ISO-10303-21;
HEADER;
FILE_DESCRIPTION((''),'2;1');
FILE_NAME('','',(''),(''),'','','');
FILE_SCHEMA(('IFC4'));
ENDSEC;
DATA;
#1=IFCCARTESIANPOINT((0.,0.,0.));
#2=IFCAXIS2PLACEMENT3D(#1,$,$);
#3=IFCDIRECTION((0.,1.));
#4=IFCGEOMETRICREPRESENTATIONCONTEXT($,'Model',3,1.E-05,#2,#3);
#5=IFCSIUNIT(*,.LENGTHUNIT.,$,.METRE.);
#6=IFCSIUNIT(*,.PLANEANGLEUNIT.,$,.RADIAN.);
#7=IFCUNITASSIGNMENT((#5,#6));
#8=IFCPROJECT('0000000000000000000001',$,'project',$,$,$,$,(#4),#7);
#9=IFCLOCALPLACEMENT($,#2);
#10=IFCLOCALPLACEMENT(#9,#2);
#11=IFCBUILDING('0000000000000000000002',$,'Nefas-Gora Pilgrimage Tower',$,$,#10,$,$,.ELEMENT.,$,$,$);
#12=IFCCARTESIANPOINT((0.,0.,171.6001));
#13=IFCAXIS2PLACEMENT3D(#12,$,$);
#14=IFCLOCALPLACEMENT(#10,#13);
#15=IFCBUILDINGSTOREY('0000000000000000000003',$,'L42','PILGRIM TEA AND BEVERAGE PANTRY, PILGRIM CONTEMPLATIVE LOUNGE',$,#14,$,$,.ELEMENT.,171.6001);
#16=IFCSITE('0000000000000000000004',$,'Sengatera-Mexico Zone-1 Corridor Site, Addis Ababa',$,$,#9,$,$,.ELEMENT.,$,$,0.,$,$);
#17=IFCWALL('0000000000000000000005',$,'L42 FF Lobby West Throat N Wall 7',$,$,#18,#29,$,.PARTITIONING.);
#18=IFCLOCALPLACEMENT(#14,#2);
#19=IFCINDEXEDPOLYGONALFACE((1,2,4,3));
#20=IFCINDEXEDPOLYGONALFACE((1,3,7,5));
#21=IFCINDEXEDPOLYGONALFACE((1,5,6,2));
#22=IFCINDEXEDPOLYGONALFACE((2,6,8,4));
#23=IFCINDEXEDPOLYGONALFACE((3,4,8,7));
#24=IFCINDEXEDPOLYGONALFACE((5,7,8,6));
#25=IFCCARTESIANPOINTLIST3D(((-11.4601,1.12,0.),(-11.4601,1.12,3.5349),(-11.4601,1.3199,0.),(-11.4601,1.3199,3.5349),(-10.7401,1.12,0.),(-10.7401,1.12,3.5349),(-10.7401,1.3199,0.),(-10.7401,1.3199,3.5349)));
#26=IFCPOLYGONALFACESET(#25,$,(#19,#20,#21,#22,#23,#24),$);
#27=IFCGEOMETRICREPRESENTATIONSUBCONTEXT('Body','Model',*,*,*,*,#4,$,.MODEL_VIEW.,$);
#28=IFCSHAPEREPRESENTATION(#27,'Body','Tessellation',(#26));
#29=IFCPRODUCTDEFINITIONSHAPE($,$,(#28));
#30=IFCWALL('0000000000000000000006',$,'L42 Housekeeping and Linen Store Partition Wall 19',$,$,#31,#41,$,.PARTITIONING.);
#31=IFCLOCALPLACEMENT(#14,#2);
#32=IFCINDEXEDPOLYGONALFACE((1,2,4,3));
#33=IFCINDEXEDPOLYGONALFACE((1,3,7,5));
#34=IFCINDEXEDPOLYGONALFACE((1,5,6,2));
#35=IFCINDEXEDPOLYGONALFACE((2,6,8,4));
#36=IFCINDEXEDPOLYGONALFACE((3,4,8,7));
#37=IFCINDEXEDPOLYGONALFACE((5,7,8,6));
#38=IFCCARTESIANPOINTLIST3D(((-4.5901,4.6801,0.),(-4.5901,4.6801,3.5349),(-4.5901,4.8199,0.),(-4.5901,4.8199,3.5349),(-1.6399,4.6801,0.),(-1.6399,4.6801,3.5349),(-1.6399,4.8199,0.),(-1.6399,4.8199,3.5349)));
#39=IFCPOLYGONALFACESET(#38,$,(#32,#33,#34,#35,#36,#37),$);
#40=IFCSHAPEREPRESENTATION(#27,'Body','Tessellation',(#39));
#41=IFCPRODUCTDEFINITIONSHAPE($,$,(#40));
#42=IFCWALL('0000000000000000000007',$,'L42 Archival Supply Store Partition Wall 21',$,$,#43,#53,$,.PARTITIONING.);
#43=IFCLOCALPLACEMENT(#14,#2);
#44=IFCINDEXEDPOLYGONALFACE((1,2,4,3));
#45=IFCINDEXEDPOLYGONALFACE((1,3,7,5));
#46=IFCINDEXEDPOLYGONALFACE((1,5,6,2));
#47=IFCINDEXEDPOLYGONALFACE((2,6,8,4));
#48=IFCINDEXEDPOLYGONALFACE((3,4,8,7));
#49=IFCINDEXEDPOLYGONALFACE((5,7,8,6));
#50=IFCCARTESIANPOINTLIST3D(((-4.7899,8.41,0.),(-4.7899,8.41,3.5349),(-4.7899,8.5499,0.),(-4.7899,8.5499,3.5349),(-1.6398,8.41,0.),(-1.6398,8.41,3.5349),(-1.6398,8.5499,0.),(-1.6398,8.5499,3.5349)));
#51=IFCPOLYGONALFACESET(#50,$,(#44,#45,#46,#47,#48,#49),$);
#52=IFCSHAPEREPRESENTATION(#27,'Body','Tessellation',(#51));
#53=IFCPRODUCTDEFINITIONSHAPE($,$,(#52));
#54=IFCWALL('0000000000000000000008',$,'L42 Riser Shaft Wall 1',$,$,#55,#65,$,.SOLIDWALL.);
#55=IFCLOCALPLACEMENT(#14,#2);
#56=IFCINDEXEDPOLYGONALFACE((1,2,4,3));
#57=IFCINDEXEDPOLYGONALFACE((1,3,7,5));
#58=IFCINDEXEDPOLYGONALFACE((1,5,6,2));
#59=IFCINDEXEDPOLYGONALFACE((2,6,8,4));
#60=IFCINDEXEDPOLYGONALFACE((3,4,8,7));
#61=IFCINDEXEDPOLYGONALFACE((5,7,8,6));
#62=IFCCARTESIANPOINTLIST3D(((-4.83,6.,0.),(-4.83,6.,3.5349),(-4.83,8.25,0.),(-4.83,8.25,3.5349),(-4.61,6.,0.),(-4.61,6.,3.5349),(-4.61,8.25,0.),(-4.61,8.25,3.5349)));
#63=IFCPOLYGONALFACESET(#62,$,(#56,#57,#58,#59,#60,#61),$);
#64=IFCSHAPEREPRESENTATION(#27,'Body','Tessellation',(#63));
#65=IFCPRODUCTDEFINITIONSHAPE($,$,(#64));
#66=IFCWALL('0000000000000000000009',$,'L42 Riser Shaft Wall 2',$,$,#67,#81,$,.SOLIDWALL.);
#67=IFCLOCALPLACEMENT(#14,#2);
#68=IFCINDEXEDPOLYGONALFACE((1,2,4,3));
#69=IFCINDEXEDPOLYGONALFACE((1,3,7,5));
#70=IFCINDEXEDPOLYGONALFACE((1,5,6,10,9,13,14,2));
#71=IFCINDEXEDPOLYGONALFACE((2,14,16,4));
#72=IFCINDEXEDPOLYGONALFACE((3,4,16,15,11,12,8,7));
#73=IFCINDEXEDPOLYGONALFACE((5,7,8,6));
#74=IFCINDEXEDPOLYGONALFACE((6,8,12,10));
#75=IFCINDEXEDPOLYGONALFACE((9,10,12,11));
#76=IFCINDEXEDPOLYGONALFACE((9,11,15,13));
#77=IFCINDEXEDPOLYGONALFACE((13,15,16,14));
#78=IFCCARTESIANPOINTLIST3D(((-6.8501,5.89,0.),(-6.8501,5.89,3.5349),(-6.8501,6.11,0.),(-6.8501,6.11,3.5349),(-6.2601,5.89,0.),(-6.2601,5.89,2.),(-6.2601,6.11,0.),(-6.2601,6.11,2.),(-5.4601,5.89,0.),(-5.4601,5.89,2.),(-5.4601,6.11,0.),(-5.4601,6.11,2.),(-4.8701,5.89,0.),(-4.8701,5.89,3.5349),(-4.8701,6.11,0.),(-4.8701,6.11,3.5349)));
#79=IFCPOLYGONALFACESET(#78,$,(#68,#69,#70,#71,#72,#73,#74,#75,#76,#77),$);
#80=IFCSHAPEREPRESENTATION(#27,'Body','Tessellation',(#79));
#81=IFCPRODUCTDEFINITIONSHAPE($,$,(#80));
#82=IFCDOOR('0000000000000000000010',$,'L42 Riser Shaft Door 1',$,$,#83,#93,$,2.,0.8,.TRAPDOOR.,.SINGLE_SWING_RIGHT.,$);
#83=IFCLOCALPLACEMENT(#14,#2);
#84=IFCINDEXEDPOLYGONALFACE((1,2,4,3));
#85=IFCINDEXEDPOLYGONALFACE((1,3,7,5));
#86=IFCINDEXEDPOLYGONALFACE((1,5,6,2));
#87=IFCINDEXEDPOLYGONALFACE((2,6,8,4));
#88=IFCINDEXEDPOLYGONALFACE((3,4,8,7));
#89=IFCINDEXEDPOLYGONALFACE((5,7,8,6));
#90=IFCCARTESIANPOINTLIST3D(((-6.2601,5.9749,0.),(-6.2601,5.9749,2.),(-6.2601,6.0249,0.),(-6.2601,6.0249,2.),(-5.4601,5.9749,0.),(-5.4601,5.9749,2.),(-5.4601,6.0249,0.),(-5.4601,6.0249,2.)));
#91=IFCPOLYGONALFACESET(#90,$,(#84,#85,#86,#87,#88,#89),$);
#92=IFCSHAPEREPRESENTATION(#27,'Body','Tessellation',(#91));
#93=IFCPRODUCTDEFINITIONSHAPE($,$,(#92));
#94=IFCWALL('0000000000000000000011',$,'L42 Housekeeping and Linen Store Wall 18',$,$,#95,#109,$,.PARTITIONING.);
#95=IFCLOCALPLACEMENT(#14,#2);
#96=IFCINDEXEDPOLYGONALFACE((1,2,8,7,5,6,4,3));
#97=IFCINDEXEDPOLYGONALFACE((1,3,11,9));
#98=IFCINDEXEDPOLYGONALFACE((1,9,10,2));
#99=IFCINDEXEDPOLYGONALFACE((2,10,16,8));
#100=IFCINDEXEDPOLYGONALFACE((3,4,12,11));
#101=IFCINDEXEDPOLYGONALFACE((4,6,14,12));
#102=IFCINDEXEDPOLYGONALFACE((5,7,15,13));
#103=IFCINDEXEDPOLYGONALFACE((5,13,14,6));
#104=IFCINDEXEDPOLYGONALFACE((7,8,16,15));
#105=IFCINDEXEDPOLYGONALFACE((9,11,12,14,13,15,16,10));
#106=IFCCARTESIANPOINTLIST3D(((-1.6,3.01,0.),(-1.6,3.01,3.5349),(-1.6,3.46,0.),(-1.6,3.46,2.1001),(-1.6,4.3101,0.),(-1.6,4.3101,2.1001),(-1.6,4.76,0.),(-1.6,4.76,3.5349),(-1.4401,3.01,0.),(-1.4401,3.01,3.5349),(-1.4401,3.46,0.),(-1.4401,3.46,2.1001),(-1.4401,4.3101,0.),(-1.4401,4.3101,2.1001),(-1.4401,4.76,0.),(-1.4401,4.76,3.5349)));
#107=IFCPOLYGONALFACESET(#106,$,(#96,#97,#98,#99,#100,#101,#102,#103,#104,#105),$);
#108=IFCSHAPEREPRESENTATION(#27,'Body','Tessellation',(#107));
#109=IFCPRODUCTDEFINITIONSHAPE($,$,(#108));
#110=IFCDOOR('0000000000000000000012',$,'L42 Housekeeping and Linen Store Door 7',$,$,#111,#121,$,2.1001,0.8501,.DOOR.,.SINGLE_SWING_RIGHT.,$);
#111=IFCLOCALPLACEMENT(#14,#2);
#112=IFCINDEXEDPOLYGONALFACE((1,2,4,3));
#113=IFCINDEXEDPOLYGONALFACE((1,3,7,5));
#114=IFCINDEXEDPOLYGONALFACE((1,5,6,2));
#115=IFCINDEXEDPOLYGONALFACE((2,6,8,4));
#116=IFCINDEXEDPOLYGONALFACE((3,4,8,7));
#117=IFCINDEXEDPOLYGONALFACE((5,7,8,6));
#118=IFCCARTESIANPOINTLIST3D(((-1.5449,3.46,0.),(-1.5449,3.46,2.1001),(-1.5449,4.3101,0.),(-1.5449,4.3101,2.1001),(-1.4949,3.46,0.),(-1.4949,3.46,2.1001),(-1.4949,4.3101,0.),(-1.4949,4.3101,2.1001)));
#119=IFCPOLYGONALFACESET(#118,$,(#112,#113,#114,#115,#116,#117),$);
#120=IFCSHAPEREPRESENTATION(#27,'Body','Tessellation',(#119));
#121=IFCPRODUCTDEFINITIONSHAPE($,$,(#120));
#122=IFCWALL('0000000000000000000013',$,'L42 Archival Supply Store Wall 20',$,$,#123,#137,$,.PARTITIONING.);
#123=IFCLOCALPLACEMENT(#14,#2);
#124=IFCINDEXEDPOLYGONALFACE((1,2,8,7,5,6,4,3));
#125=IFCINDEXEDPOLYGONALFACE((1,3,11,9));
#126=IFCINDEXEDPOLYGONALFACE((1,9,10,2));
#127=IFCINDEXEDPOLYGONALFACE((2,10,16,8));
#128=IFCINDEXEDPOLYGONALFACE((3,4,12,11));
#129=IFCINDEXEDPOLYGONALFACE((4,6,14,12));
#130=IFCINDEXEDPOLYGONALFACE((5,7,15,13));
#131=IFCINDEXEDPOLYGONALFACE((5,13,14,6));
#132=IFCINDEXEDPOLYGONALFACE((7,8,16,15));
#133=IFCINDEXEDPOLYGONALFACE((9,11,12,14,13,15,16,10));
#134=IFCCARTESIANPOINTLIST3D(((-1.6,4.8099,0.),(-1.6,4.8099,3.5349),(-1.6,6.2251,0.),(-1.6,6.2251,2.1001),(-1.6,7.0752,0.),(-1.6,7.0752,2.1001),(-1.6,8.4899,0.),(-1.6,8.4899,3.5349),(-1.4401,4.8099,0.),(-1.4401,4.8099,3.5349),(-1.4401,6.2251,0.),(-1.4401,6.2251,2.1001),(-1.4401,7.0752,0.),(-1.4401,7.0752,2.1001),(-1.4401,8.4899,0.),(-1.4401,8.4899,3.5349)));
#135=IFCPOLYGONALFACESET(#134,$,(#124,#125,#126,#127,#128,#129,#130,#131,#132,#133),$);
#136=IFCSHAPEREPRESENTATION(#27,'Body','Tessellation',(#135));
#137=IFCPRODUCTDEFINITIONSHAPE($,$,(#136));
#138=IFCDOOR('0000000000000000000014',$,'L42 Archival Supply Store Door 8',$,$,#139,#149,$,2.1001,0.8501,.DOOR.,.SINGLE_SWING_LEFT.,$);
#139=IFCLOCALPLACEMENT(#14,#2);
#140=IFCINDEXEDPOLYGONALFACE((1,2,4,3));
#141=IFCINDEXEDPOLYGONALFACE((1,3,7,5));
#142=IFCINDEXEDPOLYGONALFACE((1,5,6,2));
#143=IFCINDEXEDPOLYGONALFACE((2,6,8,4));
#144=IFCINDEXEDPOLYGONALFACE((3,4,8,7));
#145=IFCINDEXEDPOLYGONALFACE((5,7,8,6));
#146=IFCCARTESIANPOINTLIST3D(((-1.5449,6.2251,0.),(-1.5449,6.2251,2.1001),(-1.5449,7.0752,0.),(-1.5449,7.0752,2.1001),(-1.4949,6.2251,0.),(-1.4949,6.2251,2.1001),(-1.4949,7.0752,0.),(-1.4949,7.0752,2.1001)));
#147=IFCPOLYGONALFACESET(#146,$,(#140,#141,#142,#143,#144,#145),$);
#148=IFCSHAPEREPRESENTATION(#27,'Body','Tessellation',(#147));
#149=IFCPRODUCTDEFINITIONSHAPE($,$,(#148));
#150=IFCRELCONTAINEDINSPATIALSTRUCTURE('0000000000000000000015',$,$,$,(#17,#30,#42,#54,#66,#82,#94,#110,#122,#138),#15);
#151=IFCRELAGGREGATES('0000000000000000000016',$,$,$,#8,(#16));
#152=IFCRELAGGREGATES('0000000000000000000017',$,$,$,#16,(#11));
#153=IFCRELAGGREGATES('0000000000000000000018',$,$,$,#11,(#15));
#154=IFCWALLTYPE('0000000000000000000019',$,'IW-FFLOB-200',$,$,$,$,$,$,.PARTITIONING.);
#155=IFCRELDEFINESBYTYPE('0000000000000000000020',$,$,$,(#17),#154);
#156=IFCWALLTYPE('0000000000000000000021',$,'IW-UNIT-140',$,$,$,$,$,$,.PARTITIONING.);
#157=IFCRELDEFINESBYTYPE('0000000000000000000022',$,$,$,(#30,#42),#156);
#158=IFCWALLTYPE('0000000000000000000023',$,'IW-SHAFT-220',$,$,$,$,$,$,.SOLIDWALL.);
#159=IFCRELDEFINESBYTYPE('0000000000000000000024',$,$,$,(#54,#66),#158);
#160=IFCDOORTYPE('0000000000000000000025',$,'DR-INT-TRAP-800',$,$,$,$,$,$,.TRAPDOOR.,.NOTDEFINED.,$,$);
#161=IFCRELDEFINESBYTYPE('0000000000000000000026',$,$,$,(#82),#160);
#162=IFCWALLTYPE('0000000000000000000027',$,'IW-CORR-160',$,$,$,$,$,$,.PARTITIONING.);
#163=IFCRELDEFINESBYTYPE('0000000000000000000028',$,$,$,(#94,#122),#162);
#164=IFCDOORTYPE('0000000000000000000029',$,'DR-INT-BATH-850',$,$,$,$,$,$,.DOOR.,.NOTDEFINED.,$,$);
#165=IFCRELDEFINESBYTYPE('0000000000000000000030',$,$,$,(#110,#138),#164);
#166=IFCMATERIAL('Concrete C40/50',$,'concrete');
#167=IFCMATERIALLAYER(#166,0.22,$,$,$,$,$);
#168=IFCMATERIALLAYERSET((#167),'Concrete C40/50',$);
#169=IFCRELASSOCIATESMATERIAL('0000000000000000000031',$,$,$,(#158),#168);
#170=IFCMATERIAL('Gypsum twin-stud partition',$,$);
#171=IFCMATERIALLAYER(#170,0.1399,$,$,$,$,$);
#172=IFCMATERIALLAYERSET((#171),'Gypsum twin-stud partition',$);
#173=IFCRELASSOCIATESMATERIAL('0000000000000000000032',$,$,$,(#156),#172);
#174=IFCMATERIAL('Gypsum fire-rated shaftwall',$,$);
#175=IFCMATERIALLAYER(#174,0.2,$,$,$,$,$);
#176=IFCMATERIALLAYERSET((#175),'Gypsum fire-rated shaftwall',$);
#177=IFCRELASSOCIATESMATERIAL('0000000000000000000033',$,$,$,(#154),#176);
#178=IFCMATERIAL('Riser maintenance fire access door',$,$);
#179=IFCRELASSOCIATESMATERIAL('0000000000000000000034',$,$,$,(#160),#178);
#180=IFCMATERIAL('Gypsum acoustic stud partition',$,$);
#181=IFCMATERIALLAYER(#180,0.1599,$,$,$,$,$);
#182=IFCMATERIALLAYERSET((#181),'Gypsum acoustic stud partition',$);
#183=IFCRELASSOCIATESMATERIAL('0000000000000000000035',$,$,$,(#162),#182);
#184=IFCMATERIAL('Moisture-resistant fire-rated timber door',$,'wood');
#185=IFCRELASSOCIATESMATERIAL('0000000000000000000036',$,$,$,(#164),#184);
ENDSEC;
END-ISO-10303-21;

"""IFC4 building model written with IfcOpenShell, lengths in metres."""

from ifc_helpers import new_model, si_unit, direction, frame, frame_2d, origin, place, context, subcontext, project, spatial, rectangle, extrude, source, transform, mapped, material, layer, layer_set, type_object, element, fill, save


model = new_model("IFC4")

# Units and contexts
model_context = context("Model", 3, precision=1e-05, world=origin(), true_north=direction((0.0, 1.0)))
body_context = subcontext(model_context, "Body", "Model", "MODEL_VIEW")
ifc_project = project(units=[si_unit("LENGTHUNIT", "METRE"), si_unit("PLANEANGLEUNIT", "RADIAN")], contexts=[model_context])

# Site, building, storey
site_placement = place(None, origin())
site = spatial("IfcSite", under=ifc_project, at=site_placement, Name="Sengatera-Mexico Zone-1 Corridor Site, Addis Ababa", CompositionType="ELEMENT", RefElevation=0.0)
building_placement = place(site_placement, origin())
building = spatial("IfcBuilding", under=site, at=building_placement, Name="Nefas-Gora Pilgrimage Tower", CompositionType="ELEMENT")
storey_placement = place(building_placement, frame((0.0, 0.0, 171.6001)))
storey = spatial("IfcBuildingStorey", under=building, at=storey_placement, Name="L42", Description="PILGRIM TEA AND BEVERAGE PANTRY, PILGRIM CONTEMPLATIVE LOUNGE", CompositionType="ELEMENT", Elevation=171.6001)

# Shared definitions
ifc_material_1 = material(Name="Concrete C40/50", Category="concrete")
ifc_layer_1 = layer(ifc_material_1, 0.22)
ifc_layer_set_1 = layer_set([ifc_layer_1], Name="Concrete C40/50")
wall_type_1 = type_object("IfcWallType", Name="IW-SHAFT-220", PredefinedType="SOLIDWALL", material=ifc_layer_set_1)

# Walls
ifc_material_2 = material(Name="Gypsum twin-stud partition")
ifc_layer_2 = layer(ifc_material_2, 0.1399)
ifc_layer_set_2 = layer_set([ifc_layer_2], Name="Gypsum twin-stud partition")
wall_type_2 = type_object("IfcWallType", Name="IW-UNIT-140", PredefinedType="PARTITIONING", material=ifc_layer_set_2)
ifc_material_3 = material(Name="Gypsum fire-rated shaftwall")
ifc_layer_3 = layer(ifc_material_3, 0.2)
ifc_layer_set_3 = layer_set([ifc_layer_3], Name="Gypsum fire-rated shaftwall")
wall_type_3 = type_object("IfcWallType", Name="IW-FFLOB-200", PredefinedType="PARTITIONING", material=ifc_layer_set_3)
shared_shape_1 = source(origin(), body_context, "Body", "SweptSolid", [
    extrude(rectangle(XDim=0.72, YDim=0.2, at=frame_2d((0.3599, 0.0))), origin(), (0.0, 0.0, 1.0), 3.5349),
])
wall_1_placement = place(storey_placement, frame((-11.46, 1.22, 0.0), z_axis=(0.0, 0.0, 1.0), x_axis=(1.0, 0.0, 0.0)))
element("IfcWall", 1, at=wall_1_placement, inside=storey, type_object=wall_type_3, Name="L42 FF Lobby West Throat N Wall 7", PredefinedType="PARTITIONING", context=body_context, shape_type="MappedRepresentation", body=[
    mapped(shared_shape_1, transform((0.0, 0.0, 0.0), x_axis=(1.0, 0.0, 0.0), y_axis=(0.0, 1.0, 0.0), z_axis=(0.0, 0.0, 1.0), scale=1.0)),
])
shared_shape_2 = source(origin(), body_context, "Body", "SweptSolid", [
    extrude(rectangle(XDim=2.9502, YDim=0.1399, at=frame_2d((1.4751, 0.0))), origin(), (0.0, 0.0, 1.0), 3.5349),
])
wall_2_placement = place(storey_placement, frame((-4.5901, 4.75, 0.0), z_axis=(0.0, 0.0, 1.0), x_axis=(1.0, 0.0, 0.0)))
element("IfcWall", 2, at=wall_2_placement, inside=storey, type_object=wall_type_2, Name="L42 Housekeeping and Linen Store Partition Wall 19", PredefinedType="PARTITIONING", context=body_context, shape_type="MappedRepresentation", body=[
    mapped(shared_shape_2, transform((0.0, 0.0, 0.0), x_axis=(1.0, 0.0, 0.0), y_axis=(0.0, 1.0, 0.0), z_axis=(0.0, 0.0, 1.0), scale=1.0)),
])
shared_shape_3 = source(origin(), body_context, "Body", "SweptSolid", [
    extrude(rectangle(XDim=3.1501, YDim=0.1399, at=frame_2d((1.5752, 0.0))), origin(), (0.0, 0.0, 1.0), 3.5349),
])
wall_3_placement = place(storey_placement, frame((-4.79, 8.48, 0.0), z_axis=(0.0, 0.0, 1.0), x_axis=(1.0, 0.0, 0.0)))
element("IfcWall", 3, at=wall_3_placement, inside=storey, type_object=wall_type_2, Name="L42 Archival Supply Store Partition Wall 21", PredefinedType="PARTITIONING", context=body_context, shape_type="MappedRepresentation", body=[
    mapped(shared_shape_3, transform((0.0, 0.0, 0.0), x_axis=(1.0, 0.0, 0.0), y_axis=(0.0, 1.0, 0.0), z_axis=(0.0, 0.0, 1.0), scale=1.0)),
])
shared_shape_4 = source(origin(), body_context, "Body", "SweptSolid", [
    extrude(rectangle(XDim=2.25, YDim=0.22, at=frame_2d((1.125, 0.0))), origin(), (0.0, 0.0, 1.0), 3.5349),
])
wall_4_placement = place(storey_placement, frame((-4.72, 6.0, 0.0), z_axis=(0.0, 0.0, 1.0), x_axis=(0.0, 1.0, 0.0)))
element("IfcWall", 4, at=wall_4_placement, inside=storey, type_object=wall_type_1, Name="L42 Riser Shaft Wall 1", PredefinedType="SOLIDWALL", context=body_context, shape_type="MappedRepresentation", body=[
    mapped(shared_shape_4, transform((0.0, 0.0, 0.0), x_axis=(1.0, 0.0, 0.0), y_axis=(0.0, 1.0, 0.0), z_axis=(0.0, 0.0, 1.0), scale=1.0)),
])

# Walls, openings, doors
shared_shape_5 = source(origin(), body_context, "Body", "SweptSolid", [
    extrude(rectangle(XDim=1.98, YDim=0.22, at=frame_2d((0.99, 0.0))), origin(), (0.0, 0.0, 1.0), 3.5349),
])
wall_5_placement = place(storey_placement, frame((-6.8501, 6.0, 0.0), z_axis=(0.0, 0.0, 1.0), x_axis=(1.0, 0.0, 0.0)))
wall_5 = element("IfcWall", 5, at=wall_5_placement, inside=storey, type_object=wall_type_1, Name="L42 Riser Shaft Wall 2", PredefinedType="SOLIDWALL", context=body_context, shape_type="MappedRepresentation", body=[
    mapped(shared_shape_5, transform((0.0, 0.0, 0.0), x_axis=(1.0, 0.0, 0.0), y_axis=(0.0, 1.0, 0.0), z_axis=(0.0, 0.0, 1.0), scale=1.0)),
])
opening_1_placement = place(wall_5_placement, frame((0.5901, 0.0, 0.0)))
opening_1 = element("IfcOpeningElement", 6, at=opening_1_placement, cuts=wall_5, PredefinedType="OPENING", context=body_context, shape_type="SweptSolid", body=[
    extrude(rectangle(XDim=0.8, YDim=2.0, at=frame_2d((0.3999, 1.0))), frame((0.0, 0.1199, 0.0), z_axis=(0.0, -1.0, 0.0), x_axis=(1.0, 0.0, 0.0)), (0.0, 0.0, 1.0), 0.24),
])
ifc_material_4 = material(Name="Riser maintenance fire access door")
door_type_1 = type_object("IfcDoorType", Name="DR-INT-TRAP-800", OperationType="NOTDEFINED", PredefinedType="TRAPDOOR", material=ifc_material_4)
shared_shape_6 = source(origin(), body_context, "Body", "SweptSolid", [
    extrude(rectangle(XDim=0.8, YDim=2.0, at=frame_2d((0.3999, 1.0))), frame((0.0, 0.0249, 0.0), z_axis=(0.0, -1.0, 0.0), x_axis=(1.0, 0.0, 0.0)), (0.0, 0.0, 1.0), 0.05),
])
door_1_placement = place(opening_1_placement, origin())
door_1 = element("IfcDoor", 7, at=door_1_placement, inside=storey, type_object=door_type_1, Name="L42 Riser Shaft Door 1", OperationType="SINGLE_SWING_RIGHT", OverallHeight=2.0, OverallWidth=0.8, PredefinedType="TRAPDOOR", context=body_context, shape_type="MappedRepresentation", body=[
    mapped(shared_shape_6, transform((0.0, 0.0, 0.0), x_axis=(1.0, 0.0, 0.0), y_axis=(0.0, 1.0, 0.0), z_axis=(0.0, 0.0, 1.0), scale=1.0)),
])
fill(opening_1, door_1)
ifc_material_5 = material(Name="Gypsum acoustic stud partition")
ifc_layer_4 = layer(ifc_material_5, 0.1599)
ifc_layer_set_4 = layer_set([ifc_layer_4], Name="Gypsum acoustic stud partition")
wall_type_4 = type_object("IfcWallType", Name="IW-CORR-160", PredefinedType="PARTITIONING", material=ifc_layer_set_4)
shared_shape_7 = source(origin(), body_context, "Body", "SweptSolid", [
    extrude(rectangle(XDim=1.75, YDim=0.1599, at=frame_2d((0.875, 0.0))), origin(), (0.0, 0.0, 1.0), 3.5349),
])
wall_6_placement = place(storey_placement, frame((-1.52, 3.01, 0.0), z_axis=(0.0, 0.0, 1.0), x_axis=(0.0, 1.0, 0.0)))
wall_6 = element("IfcWall", 8, at=wall_6_placement, inside=storey, type_object=wall_type_4, Name="L42 Housekeeping and Linen Store Wall 18", PredefinedType="PARTITIONING", context=body_context, shape_type="MappedRepresentation", body=[
    mapped(shared_shape_7, transform((0.0, 0.0, 0.0), x_axis=(1.0, 0.0, 0.0), y_axis=(0.0, 1.0, 0.0), z_axis=(0.0, 0.0, 1.0), scale=1.0)),
])
opening_2_placement = place(wall_6_placement, frame((0.45, 0.0, 0.0)))
opening_2 = element("IfcOpeningElement", 9, at=opening_2_placement, cuts=wall_6, PredefinedType="OPENING", context=body_context, shape_type="SweptSolid", body=[
    extrude(rectangle(XDim=0.8501, YDim=2.1001, at=frame_2d((0.425, 1.05))), frame((0.0, 0.0898, 0.0), z_axis=(0.0, -1.0, 0.0), x_axis=(1.0, 0.0, 0.0)), (0.0, 0.0, 1.0), 0.1799),
])
ifc_material_6 = material(Name="Moisture-resistant fire-rated timber door", Category="wood")
door_type_2 = type_object("IfcDoorType", Name="DR-INT-BATH-850", OperationType="NOTDEFINED", PredefinedType="DOOR", material=ifc_material_6)
shared_shape_8 = source(origin(), body_context, "Body", "SweptSolid", [
    extrude(rectangle(XDim=0.8501, YDim=2.1001, at=frame_2d((0.425, 1.05))), frame((0.0, 0.0249, 0.0), z_axis=(0.0, -1.0, 0.0), x_axis=(1.0, 0.0, 0.0)), (0.0, 0.0, 1.0), 0.05),
])
door_2_placement = place(opening_2_placement, origin())
door_2 = element("IfcDoor", 10, at=door_2_placement, inside=storey, type_object=door_type_2, Name="L42 Housekeeping and Linen Store Door 7", OperationType="SINGLE_SWING_RIGHT", OverallHeight=2.1001, OverallWidth=0.8501, PredefinedType="DOOR", context=body_context, shape_type="MappedRepresentation", body=[
    mapped(shared_shape_8, transform((0.0, 0.0, 0.0), x_axis=(1.0, 0.0, 0.0), y_axis=(0.0, 1.0, 0.0), z_axis=(0.0, 0.0, 1.0), scale=1.0)),
])
fill(opening_2, door_2)
shared_shape_9 = source(origin(), body_context, "Body", "SweptSolid", [
    extrude(rectangle(XDim=3.6799, YDim=0.1599, at=frame_2d((1.8398, 0.0))), origin(), (0.0, 0.0, 1.0), 3.5349),
])
wall_7_placement = place(storey_placement, frame((-1.52, 4.8101, 0.0), z_axis=(0.0, 0.0, 1.0), x_axis=(0.0, 1.0, 0.0)))
wall_7 = element("IfcWall", 11, at=wall_7_placement, inside=storey, type_object=wall_type_4, Name="L42 Archival Supply Store Wall 20", PredefinedType="PARTITIONING", context=body_context, shape_type="MappedRepresentation", body=[
    mapped(shared_shape_9, transform((0.0, 0.0, 0.0), x_axis=(1.0, 0.0, 0.0), y_axis=(0.0, 1.0, 0.0), z_axis=(0.0, 0.0, 1.0), scale=1.0)),
])
opening_3_placement = place(wall_7_placement, frame((1.415, 0.0, 0.0)))
opening_3 = element("IfcOpeningElement", 12, at=opening_3_placement, cuts=wall_7, PredefinedType="OPENING", context=body_context, shape_type="SweptSolid", body=[
    extrude(rectangle(XDim=0.8501, YDim=2.1001, at=frame_2d((0.425, 1.05))), frame((0.0, 0.0898, 0.0), z_axis=(0.0, -1.0, 0.0), x_axis=(1.0, 0.0, 0.0)), (0.0, 0.0, 1.0), 0.1799),
])
door_3_placement = place(opening_3_placement, origin())
door_3 = element("IfcDoor", 13, at=door_3_placement, inside=storey, type_object=door_type_2, Name="L42 Archival Supply Store Door 8", OperationType="SINGLE_SWING_LEFT", OverallHeight=2.1001, OverallWidth=0.8501, PredefinedType="DOOR", context=body_context, shape_type="MappedRepresentation", body=[
    mapped(shared_shape_8, transform((0.0, 0.0, 0.0), x_axis=(1.0, 0.0, 0.0), y_axis=(0.0, 1.0, 0.0), z_axis=(0.0, 0.0, 1.0), scale=1.0)),
])
fill(opening_3, door_3)

save(model, "model.ifc")
